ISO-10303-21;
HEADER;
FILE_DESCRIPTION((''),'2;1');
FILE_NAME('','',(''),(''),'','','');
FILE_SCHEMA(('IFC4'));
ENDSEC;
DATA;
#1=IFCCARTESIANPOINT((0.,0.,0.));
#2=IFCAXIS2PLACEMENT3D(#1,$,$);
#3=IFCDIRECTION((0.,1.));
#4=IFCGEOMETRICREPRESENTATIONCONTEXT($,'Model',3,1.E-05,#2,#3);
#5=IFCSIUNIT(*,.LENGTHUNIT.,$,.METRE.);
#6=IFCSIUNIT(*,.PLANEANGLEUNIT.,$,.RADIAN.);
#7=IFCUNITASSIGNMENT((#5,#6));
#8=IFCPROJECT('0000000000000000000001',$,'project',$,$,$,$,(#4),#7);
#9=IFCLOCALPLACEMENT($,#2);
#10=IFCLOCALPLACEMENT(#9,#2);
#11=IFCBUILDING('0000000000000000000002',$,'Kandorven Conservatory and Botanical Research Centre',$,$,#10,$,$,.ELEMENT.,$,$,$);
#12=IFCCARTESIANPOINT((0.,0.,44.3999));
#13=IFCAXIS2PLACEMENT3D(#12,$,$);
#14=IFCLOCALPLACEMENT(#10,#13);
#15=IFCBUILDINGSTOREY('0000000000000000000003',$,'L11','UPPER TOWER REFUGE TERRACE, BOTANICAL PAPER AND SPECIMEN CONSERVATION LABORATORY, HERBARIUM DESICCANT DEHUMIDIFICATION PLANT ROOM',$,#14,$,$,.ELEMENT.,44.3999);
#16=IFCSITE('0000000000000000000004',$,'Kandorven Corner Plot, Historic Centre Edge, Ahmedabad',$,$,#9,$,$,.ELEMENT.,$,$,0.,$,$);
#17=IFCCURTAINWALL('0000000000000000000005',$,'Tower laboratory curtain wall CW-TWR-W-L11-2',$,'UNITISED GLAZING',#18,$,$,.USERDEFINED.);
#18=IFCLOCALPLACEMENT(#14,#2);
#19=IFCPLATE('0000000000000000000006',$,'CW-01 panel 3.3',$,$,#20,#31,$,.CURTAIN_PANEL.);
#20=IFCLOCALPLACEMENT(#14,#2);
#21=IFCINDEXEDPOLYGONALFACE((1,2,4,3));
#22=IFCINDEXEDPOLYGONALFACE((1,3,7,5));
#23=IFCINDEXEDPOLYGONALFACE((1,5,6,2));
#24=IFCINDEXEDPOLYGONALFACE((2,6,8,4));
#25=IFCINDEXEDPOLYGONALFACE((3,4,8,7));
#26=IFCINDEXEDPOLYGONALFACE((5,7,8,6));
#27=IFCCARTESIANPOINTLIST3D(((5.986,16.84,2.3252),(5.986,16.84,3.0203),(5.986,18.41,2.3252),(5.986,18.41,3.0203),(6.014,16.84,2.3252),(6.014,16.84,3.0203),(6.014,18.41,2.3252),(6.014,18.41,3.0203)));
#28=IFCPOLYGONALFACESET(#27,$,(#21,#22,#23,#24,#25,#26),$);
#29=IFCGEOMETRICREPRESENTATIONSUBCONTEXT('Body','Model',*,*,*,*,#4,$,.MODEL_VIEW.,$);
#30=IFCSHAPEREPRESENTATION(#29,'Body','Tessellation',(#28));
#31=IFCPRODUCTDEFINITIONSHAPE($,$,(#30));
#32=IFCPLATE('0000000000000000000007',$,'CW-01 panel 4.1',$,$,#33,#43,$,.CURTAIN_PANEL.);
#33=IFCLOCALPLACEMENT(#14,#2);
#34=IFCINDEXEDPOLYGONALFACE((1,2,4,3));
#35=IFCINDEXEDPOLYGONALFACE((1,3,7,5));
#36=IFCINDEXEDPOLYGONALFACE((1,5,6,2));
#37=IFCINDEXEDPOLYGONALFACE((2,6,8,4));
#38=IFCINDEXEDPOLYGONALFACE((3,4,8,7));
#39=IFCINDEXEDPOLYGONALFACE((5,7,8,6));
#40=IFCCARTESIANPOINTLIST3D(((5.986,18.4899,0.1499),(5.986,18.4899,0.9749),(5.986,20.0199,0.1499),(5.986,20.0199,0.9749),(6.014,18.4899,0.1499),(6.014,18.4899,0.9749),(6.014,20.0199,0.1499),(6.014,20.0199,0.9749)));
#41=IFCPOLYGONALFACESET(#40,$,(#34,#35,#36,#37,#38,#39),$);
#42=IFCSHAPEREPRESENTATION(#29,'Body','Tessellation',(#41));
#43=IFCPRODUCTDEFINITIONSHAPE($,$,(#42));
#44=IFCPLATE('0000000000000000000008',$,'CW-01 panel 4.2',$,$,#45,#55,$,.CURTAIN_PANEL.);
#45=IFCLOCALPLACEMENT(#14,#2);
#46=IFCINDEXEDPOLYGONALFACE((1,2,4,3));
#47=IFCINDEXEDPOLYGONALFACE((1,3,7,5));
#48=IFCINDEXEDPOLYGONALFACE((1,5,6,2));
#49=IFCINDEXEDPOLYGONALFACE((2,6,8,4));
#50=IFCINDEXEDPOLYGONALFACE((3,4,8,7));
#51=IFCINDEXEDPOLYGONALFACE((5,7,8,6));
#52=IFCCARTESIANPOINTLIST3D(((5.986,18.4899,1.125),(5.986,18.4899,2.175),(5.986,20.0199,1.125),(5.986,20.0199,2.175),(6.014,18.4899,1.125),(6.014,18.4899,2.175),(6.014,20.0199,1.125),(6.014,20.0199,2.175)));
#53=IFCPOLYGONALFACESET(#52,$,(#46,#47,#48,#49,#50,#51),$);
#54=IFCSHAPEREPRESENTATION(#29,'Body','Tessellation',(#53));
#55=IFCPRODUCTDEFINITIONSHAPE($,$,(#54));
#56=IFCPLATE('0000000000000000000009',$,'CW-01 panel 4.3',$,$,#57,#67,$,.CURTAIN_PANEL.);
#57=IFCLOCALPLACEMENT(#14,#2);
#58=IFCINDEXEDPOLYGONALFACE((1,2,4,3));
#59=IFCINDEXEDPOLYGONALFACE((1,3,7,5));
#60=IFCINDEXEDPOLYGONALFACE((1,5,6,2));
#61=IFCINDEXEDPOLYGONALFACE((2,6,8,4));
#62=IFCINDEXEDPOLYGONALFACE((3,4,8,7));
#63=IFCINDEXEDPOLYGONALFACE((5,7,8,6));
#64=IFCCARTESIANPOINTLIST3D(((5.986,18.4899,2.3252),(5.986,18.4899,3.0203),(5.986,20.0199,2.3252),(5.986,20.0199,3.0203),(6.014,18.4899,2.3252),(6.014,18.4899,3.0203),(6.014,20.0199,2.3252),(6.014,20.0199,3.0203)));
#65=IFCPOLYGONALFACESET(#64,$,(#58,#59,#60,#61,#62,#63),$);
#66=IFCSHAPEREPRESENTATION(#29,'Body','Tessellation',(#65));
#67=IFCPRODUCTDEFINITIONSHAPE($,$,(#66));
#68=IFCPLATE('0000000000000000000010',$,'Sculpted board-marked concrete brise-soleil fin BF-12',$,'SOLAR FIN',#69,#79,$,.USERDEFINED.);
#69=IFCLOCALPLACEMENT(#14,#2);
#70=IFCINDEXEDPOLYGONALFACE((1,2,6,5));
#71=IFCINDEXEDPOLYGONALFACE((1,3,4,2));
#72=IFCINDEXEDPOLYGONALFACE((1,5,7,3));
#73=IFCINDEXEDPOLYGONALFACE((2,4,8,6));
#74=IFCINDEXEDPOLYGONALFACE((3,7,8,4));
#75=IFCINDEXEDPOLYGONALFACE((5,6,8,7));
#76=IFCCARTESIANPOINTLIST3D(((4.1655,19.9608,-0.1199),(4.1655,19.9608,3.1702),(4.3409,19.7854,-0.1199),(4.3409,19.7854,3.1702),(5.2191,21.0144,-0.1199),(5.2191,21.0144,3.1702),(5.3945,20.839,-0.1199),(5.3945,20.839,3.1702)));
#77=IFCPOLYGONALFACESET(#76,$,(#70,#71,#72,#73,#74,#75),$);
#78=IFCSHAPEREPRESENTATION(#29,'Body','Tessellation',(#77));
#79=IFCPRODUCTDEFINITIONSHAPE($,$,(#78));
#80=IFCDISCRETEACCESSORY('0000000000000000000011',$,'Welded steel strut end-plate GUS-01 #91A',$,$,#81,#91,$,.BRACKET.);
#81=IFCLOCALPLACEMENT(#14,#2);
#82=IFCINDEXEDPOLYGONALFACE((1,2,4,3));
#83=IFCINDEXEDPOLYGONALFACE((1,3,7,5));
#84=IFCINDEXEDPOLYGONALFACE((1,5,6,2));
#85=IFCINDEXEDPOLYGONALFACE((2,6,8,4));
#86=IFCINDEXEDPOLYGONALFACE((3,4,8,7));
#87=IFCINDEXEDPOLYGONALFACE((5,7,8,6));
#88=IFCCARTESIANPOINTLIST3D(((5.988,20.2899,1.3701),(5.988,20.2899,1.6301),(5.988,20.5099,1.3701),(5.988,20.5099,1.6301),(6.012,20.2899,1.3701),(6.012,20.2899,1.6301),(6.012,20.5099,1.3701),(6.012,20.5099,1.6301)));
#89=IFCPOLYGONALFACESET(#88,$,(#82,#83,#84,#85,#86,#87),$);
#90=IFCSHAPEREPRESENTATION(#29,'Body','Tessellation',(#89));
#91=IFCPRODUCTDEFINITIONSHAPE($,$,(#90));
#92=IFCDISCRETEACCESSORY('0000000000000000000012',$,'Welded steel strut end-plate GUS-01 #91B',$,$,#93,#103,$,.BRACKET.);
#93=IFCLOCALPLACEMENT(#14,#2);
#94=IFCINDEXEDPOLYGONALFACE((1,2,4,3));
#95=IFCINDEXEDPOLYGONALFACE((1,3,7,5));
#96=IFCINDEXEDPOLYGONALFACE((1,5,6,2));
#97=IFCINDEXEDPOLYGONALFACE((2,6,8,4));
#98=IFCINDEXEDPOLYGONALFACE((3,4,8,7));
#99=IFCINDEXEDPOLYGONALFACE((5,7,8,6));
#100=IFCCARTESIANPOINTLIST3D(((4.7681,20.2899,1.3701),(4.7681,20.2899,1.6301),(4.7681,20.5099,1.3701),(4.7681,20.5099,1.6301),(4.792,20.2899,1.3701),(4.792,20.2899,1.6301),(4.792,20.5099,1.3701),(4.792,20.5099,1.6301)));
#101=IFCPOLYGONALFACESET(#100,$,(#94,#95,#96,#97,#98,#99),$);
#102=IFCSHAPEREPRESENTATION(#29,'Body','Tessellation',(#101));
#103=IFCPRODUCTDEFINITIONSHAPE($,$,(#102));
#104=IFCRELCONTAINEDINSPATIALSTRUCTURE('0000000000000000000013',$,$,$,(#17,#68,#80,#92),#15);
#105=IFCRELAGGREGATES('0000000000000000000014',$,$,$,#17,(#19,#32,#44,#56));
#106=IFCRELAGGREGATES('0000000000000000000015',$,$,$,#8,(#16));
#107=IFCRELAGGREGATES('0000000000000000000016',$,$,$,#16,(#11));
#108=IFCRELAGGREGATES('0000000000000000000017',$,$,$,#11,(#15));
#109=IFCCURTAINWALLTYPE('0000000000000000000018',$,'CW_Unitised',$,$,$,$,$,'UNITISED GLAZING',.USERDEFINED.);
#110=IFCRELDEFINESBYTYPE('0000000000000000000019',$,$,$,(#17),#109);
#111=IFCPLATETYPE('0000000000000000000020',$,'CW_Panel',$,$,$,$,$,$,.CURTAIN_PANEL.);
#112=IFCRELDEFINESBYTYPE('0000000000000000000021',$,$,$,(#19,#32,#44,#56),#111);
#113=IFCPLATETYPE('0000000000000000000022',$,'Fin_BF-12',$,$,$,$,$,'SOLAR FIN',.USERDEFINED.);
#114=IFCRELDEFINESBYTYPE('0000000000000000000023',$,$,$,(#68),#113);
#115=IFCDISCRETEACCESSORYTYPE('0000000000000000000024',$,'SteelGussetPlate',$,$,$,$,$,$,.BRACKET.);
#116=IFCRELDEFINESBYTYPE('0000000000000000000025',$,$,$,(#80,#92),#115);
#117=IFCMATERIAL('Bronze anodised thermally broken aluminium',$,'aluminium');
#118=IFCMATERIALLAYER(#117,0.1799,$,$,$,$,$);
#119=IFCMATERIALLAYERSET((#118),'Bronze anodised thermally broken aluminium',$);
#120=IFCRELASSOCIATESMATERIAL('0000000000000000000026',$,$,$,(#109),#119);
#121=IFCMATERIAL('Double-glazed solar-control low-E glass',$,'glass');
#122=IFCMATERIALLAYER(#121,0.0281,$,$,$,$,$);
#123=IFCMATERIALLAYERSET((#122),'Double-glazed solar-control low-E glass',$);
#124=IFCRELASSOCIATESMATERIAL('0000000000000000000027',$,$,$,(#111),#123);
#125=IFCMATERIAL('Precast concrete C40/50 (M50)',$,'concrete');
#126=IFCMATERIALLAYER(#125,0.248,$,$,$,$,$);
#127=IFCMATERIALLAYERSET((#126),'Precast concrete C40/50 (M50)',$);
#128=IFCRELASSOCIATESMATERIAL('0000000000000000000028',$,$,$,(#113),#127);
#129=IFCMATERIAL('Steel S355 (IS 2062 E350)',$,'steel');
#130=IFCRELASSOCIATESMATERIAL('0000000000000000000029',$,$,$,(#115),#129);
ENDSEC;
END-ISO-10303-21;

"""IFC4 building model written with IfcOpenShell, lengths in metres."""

from ifc_helpers import new_model, si_unit, direction, frame, origin, origin_2d, place, context, subcontext, project, spatial, rectangle, extrude, material, layer, layer_set, type_object, element, aggregate, save


model = new_model("IFC4")

# Units and contexts
model_context = context("Model", 3, precision=1e-05, world=origin(), true_north=direction((0.0, 1.0)))
body_context = subcontext(model_context, "Body", "Model", "MODEL_VIEW")
ifc_project = project(units=[si_unit("LENGTHUNIT", "METRE"), si_unit("PLANEANGLEUNIT", "RADIAN")], contexts=[model_context])

# Site, building, storey
site_placement = place(None, origin())
site = spatial("IfcSite", under=ifc_project, at=site_placement, Name="Kandorven Corner Plot, Historic Centre Edge, Ahmedabad", CompositionType="ELEMENT", RefElevation=0.0)
building_placement = place(site_placement, origin())
building = spatial("IfcBuilding", under=site, at=building_placement, Name="Kandorven Conservatory and Botanical Research Centre", CompositionType="ELEMENT")
storey_placement = place(building_placement, frame((0.0, 0.0, 44.3999)))
storey = spatial("IfcBuildingStorey", under=building, at=storey_placement, Name="L11", Description="UPPER TOWER REFUGE TERRACE, BOTANICAL PAPER AND SPECIMEN CONSERVATION LABORATORY, HERBARIUM DESICCANT DEHUMIDIFICATION PLANT ROOM", CompositionType="ELEMENT", Elevation=44.3999)

# Curtain wall
ifc_material_1 = material(Name="Bronze anodised thermally broken aluminium", Category="aluminium")
ifc_layer_1 = layer(ifc_material_1, 0.1799)
ifc_layer_set_1 = layer_set([ifc_layer_1], Name="Bronze anodised thermally broken aluminium")
curtain_wall_type = type_object("IfcCurtainWallType", Name="CW_Unitised", ElementType="UNITISED GLAZING", PredefinedType="USERDEFINED", material=ifc_layer_set_1)
curtain_wall_1_placement = place(storey_placement, origin())
curtain_wall_1 = element("IfcCurtainWall", 1, at=curtain_wall_1_placement, inside=storey, type_object=curtain_wall_type, Name="Tower laboratory curtain wall CW-TWR-W-L11-2", ObjectType="UNITISED GLAZING", PredefinedType="USERDEFINED")

# Plates
ifc_material_2 = material(Name="Double-glazed solar-control low-E glass", Category="glass")
ifc_layer_2 = layer(ifc_material_2, 0.0281)
ifc_layer_set_2 = layer_set([ifc_layer_2], Name="Double-glazed solar-control low-E glass")
plate_type_1 = type_object("IfcPlateType", Name="CW_Panel", PredefinedType="CURTAIN_PANEL", material=ifc_layer_set_2)
plate_1_placement = place(storey_placement, frame((6.0, 17.625, 2.3252), z_axis=(0.0, 0.0, 1.0), x_axis=(0.0, 1.0, 0.0)))
plate_1 = element("IfcPlate", 2, at=plate_1_placement, type_object=plate_type_1, Name="CW-01 panel 3.3", PredefinedType="CURTAIN_PANEL", context=body_context, shape_type="SweptSolid", body=[
    extrude(rectangle(XDim=1.5701, YDim=0.0281, at=origin_2d()), origin(), (0.0, 0.0, 1.0), 0.6951),
])
plate_2_placement = place(storey_placement, frame((6.0, 19.2549, 0.1499), z_axis=(0.0, 0.0, 1.0), x_axis=(0.0, 1.0, 0.0)))
plate_2 = element("IfcPlate", 3, at=plate_2_placement, type_object=plate_type_1, Name="CW-01 panel 4.1", PredefinedType="CURTAIN_PANEL", context=body_context, shape_type="SweptSolid", body=[
    extrude(rectangle(XDim=1.53, YDim=0.0281, at=origin_2d()), origin(), (0.0, 0.0, 1.0), 0.825),
])
plate_3_placement = place(storey_placement, frame((6.0, 19.2549, 1.125), z_axis=(0.0, 0.0, 1.0), x_axis=(0.0, 1.0, 0.0)))
plate_3 = element("IfcPlate", 4, at=plate_3_placement, type_object=plate_type_1, Name="CW-01 panel 4.2", PredefinedType="CURTAIN_PANEL", context=body_context, shape_type="SweptSolid", body=[
    extrude(rectangle(XDim=1.53, YDim=0.0281, at=origin_2d()), origin(), (0.0, 0.0, 1.0), 1.05),
])
plate_4_placement = place(storey_placement, frame((6.0, 19.2549, 2.3252), z_axis=(0.0, 0.0, 1.0), x_axis=(0.0, 1.0, 0.0)))
plate_4 = element("IfcPlate", 5, at=plate_4_placement, type_object=plate_type_1, Name="CW-01 panel 4.3", PredefinedType="CURTAIN_PANEL", context=body_context, shape_type="SweptSolid", body=[
    extrude(rectangle(XDim=1.53, YDim=0.0281, at=origin_2d()), origin(), (0.0, 0.0, 1.0), 0.6951),
])
aggregate(curtain_wall_1, [plate_1, plate_2, plate_3, plate_4])
ifc_material_3 = material(Name="Precast concrete C40/50 (M50)", Category="concrete")
ifc_layer_3 = layer(ifc_material_3, 0.248)
ifc_layer_set_3 = layer_set([ifc_layer_3], Name="Precast concrete C40/50 (M50)")
plate_type_2 = type_object("IfcPlateType", Name="Fin_BF-12", ElementType="SOLAR FIN", PredefinedType="USERDEFINED", material=ifc_layer_set_3)
plate_5_placement = place(storey_placement, frame((4.78, 20.3999, -0.1199), z_axis=(0.0, 0.0, 1.0), x_axis=(0.707107, 0.707107, 0.0)))
element("IfcPlate", 6, at=plate_5_placement, inside=storey, type_object=plate_type_2, Name="Sculpted board-marked concrete brise-soleil fin BF-12", ObjectType="SOLAR FIN", PredefinedType="USERDEFINED", context=body_context, shape_type="SweptSolid", body=[
    extrude(rectangle(XDim=1.49, YDim=0.248, at=origin_2d()), origin(), (0.0, 0.0, 1.0), 3.29),
])

# Discrete accessories
ifc_material_4 = material(Name="Steel S355 (IS 2062 E350)", Category="steel")
discrete_accessory_type = type_object("IfcDiscreteAccessoryType", Name="SteelGussetPlate", PredefinedType="BRACKET", material=ifc_material_4)
for number, where, z_axis, x_axis, name in (
    (7, (6.0, 20.3999, 1.3701), (0.0, 0.0, 1.0), (1.0, 0.0, 0.0), "Welded steel strut end-plate GUS-01 #91A"),
    (8, (4.78, 20.3999, 1.3701), (0.0, 0.0, 1.0), (1.0, 0.0, 0.0), "Welded steel strut end-plate GUS-01 #91B"),
):
    element("IfcDiscreteAccessory", number, at=place(storey_placement, frame(where, z_axis=z_axis, x_axis=x_axis)), inside=storey, type_object=discrete_accessory_type, Name=name, PredefinedType="BRACKET", context=body_context, shape_type="SweptSolid", body=[
        extrude(rectangle(XDim=0.0239, YDim=0.22, at=origin_2d()), origin(), (0.0, 0.0, 1.0), 0.26),
    ])

save(model, "model.ifc")
